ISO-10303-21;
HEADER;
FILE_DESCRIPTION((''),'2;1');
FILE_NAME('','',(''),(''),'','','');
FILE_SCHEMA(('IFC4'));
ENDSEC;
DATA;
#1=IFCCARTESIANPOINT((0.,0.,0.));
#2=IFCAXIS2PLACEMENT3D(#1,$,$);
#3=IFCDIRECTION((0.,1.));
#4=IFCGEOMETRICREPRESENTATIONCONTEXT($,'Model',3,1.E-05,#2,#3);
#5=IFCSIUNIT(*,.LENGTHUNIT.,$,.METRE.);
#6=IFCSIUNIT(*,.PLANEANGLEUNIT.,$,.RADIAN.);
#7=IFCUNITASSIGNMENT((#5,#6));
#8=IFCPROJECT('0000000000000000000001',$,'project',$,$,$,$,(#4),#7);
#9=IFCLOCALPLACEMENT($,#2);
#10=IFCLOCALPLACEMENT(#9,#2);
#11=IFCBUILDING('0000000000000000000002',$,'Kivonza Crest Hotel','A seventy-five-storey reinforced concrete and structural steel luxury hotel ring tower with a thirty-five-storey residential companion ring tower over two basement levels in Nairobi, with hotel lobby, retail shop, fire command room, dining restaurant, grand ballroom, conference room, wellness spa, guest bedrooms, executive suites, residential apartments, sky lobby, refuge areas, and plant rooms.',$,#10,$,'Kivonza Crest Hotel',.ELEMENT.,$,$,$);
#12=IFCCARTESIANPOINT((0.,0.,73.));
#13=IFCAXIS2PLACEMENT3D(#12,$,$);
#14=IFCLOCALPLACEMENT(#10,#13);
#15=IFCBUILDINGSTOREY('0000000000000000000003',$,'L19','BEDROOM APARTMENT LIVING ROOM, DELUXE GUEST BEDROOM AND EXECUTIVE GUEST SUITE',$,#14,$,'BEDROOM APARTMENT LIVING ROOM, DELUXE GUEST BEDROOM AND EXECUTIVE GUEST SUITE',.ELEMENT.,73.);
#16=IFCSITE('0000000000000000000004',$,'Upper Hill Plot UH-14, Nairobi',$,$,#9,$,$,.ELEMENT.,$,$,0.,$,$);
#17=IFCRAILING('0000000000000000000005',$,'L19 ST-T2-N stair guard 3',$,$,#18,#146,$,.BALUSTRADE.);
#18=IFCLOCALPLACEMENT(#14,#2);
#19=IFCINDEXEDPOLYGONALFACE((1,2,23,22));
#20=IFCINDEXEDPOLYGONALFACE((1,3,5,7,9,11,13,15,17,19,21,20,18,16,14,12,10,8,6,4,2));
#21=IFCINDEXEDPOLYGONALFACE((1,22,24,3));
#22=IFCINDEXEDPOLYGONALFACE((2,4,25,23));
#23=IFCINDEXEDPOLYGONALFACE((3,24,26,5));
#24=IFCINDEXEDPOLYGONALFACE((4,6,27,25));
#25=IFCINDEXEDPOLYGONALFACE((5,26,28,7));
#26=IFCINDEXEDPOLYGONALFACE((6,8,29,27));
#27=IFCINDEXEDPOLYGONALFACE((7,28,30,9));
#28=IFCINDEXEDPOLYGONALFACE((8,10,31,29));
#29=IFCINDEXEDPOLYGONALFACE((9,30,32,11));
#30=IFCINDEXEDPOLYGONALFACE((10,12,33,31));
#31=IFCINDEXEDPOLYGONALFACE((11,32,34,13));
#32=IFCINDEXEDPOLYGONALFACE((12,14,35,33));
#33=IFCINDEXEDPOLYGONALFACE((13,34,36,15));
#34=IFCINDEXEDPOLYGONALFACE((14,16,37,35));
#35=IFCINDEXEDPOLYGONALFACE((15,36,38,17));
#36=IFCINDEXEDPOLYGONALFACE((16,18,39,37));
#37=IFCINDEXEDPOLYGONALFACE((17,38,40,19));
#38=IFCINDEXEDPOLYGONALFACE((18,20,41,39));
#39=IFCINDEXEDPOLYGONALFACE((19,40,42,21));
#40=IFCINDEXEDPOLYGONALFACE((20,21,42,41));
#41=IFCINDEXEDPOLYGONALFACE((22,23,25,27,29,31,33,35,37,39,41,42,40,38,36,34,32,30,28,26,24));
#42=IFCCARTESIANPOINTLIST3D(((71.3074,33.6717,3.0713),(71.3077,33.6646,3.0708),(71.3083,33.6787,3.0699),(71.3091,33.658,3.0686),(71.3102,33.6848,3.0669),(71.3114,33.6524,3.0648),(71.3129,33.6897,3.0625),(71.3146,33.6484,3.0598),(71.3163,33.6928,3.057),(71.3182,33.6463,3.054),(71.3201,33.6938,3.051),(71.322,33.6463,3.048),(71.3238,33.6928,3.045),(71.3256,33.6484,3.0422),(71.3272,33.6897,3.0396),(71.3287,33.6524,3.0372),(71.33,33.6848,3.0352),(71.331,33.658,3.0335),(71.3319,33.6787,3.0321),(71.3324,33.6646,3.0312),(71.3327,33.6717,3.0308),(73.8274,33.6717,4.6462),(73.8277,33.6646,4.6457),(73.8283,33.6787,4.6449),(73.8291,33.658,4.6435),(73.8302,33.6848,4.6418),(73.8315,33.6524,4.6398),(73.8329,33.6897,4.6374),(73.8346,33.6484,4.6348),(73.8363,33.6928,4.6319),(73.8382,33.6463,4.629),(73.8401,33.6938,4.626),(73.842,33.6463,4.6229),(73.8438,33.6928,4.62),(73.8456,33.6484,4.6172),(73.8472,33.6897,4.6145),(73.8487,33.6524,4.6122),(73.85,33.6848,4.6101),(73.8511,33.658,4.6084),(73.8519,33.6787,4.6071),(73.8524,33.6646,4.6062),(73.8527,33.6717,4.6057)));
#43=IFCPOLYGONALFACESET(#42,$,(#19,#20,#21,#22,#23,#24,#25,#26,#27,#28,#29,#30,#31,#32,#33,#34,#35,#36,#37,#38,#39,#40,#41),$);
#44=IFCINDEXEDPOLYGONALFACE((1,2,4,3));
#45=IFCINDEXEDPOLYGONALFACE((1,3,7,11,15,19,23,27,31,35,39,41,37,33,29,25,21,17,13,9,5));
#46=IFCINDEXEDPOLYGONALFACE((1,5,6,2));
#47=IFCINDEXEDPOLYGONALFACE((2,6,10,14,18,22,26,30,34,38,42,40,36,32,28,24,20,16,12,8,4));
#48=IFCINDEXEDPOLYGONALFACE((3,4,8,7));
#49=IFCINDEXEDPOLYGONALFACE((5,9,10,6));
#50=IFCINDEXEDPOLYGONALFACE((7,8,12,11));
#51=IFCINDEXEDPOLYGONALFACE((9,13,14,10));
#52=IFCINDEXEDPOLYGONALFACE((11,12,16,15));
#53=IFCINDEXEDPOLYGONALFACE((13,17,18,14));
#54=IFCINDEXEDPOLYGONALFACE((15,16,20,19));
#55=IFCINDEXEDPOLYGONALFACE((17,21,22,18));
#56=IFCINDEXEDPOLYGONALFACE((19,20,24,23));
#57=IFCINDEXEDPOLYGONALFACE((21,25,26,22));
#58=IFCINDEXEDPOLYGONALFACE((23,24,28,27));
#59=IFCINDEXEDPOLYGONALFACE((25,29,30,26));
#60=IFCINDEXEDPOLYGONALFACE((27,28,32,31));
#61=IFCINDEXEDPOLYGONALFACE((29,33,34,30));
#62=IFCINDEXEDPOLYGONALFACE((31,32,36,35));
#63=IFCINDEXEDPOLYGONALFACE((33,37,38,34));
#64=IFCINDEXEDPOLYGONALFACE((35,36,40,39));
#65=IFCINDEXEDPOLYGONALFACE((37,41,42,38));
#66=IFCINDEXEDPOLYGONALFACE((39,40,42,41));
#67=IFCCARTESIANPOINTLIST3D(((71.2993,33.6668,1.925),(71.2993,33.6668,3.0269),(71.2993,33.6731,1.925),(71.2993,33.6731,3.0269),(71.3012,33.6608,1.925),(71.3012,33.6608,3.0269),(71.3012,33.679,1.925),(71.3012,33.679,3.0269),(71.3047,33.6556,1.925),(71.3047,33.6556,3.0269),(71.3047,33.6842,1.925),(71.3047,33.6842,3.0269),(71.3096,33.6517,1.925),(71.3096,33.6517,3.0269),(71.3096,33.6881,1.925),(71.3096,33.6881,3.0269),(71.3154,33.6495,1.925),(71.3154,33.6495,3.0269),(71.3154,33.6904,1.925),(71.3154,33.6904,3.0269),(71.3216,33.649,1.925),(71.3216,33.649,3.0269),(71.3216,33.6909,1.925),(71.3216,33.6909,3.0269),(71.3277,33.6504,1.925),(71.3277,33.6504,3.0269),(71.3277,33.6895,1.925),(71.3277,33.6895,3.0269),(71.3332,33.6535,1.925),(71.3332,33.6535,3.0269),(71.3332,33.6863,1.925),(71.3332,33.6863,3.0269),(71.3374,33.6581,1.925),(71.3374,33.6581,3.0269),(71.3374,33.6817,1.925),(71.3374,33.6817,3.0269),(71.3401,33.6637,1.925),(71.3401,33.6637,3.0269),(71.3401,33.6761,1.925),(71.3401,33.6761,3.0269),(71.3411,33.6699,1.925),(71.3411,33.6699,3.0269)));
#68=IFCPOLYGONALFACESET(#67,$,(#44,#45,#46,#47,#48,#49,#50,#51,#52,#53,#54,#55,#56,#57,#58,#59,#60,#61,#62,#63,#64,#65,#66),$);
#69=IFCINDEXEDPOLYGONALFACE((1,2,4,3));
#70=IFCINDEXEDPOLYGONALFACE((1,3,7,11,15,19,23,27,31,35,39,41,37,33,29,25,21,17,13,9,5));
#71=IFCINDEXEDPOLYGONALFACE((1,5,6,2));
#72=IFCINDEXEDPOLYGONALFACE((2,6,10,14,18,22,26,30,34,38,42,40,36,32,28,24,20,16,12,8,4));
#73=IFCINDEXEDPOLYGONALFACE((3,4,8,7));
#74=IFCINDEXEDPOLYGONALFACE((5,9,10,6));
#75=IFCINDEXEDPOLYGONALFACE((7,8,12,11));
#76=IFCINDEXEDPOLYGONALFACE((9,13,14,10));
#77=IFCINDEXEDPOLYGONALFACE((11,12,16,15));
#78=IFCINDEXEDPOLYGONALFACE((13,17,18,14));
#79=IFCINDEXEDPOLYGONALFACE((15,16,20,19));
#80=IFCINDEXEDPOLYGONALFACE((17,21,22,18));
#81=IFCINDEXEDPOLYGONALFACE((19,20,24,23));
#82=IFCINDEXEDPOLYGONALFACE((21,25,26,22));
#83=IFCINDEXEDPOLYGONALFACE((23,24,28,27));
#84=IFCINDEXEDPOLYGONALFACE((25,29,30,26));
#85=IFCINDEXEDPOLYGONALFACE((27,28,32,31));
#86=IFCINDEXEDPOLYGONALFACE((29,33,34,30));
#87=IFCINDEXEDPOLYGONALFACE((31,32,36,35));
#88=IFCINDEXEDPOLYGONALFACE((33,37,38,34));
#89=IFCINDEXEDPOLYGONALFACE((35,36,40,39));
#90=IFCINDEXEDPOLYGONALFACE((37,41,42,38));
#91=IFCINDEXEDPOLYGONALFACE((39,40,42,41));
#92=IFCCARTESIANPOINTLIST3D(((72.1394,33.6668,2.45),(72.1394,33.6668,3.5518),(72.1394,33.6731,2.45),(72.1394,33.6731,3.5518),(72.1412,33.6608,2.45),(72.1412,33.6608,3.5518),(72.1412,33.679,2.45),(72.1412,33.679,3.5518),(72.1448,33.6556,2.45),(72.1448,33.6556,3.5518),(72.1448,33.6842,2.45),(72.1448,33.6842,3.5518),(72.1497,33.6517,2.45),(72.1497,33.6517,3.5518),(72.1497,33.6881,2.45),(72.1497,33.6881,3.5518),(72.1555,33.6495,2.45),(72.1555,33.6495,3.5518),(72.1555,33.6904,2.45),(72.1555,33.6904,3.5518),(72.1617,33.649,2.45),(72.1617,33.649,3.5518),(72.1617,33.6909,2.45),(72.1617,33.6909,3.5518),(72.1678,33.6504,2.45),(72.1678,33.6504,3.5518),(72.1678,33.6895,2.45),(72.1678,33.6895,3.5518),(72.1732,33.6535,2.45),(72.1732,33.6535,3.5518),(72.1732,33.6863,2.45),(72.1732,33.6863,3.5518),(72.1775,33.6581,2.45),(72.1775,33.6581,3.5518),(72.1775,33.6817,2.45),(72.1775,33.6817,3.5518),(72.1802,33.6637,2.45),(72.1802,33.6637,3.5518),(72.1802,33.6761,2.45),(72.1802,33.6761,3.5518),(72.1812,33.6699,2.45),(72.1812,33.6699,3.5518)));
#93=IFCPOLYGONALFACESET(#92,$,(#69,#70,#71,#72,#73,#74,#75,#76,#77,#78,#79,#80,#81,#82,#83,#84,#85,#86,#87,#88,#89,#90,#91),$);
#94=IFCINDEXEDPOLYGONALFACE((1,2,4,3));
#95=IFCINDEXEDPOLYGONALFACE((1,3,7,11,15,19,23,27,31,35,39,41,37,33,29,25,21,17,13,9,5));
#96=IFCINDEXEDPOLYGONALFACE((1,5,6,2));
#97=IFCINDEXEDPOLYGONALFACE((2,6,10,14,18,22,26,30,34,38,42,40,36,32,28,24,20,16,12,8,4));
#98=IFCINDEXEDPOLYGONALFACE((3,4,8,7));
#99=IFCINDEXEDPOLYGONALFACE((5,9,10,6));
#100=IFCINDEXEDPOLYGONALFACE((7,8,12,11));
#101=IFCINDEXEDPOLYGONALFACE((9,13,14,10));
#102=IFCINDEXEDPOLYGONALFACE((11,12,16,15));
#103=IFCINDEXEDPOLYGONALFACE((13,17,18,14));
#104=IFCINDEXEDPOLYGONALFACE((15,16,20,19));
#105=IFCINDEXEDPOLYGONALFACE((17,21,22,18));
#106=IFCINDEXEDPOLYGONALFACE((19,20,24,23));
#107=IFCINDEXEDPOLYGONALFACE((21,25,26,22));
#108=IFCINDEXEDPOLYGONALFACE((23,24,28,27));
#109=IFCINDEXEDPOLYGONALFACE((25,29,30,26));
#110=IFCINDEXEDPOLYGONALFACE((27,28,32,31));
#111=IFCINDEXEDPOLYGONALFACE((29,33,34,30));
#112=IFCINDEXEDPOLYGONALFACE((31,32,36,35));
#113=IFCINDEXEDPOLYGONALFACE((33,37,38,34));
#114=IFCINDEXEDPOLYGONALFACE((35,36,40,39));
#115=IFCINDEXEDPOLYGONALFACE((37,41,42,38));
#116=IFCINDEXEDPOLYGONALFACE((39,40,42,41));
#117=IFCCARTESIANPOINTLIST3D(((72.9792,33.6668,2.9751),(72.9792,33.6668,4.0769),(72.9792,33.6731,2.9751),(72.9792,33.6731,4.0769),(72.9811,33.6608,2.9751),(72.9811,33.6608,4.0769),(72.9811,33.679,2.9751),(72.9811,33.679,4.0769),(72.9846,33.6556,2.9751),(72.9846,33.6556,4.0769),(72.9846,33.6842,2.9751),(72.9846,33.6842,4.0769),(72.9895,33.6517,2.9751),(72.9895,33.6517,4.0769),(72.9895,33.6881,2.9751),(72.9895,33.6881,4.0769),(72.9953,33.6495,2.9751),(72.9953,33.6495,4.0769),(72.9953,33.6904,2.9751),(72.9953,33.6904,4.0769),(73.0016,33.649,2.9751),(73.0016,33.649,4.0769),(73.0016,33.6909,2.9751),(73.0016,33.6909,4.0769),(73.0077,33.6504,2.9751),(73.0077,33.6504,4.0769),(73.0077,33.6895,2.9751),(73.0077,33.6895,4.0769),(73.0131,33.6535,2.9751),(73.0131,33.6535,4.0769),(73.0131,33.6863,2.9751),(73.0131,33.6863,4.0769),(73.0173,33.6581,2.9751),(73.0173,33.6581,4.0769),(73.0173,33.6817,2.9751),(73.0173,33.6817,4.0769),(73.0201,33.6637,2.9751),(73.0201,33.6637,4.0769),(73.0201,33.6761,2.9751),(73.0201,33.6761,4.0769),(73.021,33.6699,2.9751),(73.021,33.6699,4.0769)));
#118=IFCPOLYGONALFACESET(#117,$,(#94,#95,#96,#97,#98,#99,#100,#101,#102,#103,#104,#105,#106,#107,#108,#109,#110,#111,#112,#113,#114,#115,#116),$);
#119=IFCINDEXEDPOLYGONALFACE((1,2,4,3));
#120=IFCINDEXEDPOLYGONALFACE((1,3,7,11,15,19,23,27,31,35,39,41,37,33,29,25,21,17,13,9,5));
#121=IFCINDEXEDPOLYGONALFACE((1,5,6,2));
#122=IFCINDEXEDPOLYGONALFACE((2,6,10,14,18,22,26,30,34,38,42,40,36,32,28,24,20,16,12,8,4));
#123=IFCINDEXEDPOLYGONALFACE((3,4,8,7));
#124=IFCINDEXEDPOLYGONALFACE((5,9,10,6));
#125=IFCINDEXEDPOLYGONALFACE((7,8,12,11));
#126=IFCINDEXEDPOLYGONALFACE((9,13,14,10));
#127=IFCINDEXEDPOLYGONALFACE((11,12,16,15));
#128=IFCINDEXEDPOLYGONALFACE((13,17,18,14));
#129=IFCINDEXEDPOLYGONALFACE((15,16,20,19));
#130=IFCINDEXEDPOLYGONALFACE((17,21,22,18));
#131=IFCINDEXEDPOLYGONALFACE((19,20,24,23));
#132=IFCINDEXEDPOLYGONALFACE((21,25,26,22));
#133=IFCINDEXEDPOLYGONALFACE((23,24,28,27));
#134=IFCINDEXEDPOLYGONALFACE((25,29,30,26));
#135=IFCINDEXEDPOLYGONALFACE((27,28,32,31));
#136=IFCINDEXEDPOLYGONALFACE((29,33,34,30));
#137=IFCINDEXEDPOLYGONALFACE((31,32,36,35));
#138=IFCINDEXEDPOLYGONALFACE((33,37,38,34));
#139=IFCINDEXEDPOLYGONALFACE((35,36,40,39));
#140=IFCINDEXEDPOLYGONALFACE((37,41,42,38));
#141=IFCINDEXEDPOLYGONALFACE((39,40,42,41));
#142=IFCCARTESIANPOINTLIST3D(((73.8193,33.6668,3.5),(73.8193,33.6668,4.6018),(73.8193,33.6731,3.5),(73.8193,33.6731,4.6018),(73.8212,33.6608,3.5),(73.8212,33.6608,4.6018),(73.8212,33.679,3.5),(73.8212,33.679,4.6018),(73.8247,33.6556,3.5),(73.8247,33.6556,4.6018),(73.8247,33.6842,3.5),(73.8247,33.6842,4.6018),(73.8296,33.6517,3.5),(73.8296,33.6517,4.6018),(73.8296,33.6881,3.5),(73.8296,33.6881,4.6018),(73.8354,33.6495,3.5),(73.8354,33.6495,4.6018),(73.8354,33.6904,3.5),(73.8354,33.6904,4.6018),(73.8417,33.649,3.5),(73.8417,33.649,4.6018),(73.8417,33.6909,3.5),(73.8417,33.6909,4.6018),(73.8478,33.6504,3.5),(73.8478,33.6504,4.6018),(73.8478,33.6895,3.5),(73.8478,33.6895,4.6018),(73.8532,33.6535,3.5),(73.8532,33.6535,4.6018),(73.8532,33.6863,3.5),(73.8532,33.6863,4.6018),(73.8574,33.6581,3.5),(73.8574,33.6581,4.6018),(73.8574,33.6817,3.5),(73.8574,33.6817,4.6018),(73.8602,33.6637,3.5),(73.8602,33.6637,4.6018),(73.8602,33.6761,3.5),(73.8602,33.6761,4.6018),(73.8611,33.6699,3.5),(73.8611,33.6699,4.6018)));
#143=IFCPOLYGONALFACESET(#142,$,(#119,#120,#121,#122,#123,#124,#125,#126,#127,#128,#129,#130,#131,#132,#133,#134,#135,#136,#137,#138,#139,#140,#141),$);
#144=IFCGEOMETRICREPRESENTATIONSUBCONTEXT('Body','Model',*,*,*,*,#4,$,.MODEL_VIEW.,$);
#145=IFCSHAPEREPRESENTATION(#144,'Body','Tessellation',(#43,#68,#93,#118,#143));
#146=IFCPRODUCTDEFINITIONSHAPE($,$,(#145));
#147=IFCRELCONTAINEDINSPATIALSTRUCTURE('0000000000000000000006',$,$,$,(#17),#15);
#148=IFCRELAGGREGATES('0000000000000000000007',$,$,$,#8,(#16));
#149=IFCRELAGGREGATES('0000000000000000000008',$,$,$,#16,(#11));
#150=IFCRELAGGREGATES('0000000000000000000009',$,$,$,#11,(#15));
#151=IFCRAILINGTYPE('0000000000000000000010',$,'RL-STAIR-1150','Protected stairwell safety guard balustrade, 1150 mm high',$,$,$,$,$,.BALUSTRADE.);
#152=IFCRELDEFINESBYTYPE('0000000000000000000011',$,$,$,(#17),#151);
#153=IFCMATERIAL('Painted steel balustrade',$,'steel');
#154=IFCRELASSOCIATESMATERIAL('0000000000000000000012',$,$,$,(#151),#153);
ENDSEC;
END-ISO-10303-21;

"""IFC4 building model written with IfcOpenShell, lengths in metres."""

from ifc_helpers import new_model, si_unit, direction, frame, origin, origin_2d, place, context, subcontext, project, spatial, circle, extrude, material, type_object, element, save


model = new_model("IFC4")

# Units and contexts
model_context = context("Model", 3, precision=1e-05, world=origin(), true_north=direction((0.0, 1.0)))
body_context = subcontext(model_context, "Body", "Model", "MODEL_VIEW")
ifc_project = project(units=[si_unit("LENGTHUNIT", "METRE"), si_unit("PLANEANGLEUNIT", "RADIAN")], contexts=[model_context])

# Site, building, storey
site_placement = place(None, origin())
site = spatial("IfcSite", under=ifc_project, at=site_placement, Name="Upper Hill Plot UH-14, Nairobi", CompositionType="ELEMENT", RefElevation=0.0)
building_placement = place(site_placement, origin())
building = spatial("IfcBuilding", under=site, at=building_placement, Name="Kivonza Crest Hotel", Description="A seventy-five-storey reinforced concrete and structural steel luxury hotel ring tower with a thirty-five-storey residential companion ring tower over two basement levels in Nairobi, with hotel lobby, retail shop, fire command room, dining restaurant, grand ballroom, conference room, wellness spa, guest bedrooms, executive suites, residential apartments, sky lobby, refuge areas, and plant rooms.", LongName="Kivonza Crest Hotel", CompositionType="ELEMENT")
storey_placement = place(building_placement, frame((0.0, 0.0, 73.0)))
storey = spatial("IfcBuildingStorey", under=building, at=storey_placement, Name="L19", Description="BEDROOM APARTMENT LIVING ROOM, DELUXE GUEST BEDROOM AND EXECUTIVE GUEST SUITE", LongName="BEDROOM APARTMENT LIVING ROOM, DELUXE GUEST BEDROOM AND EXECUTIVE GUEST SUITE", CompositionType="ELEMENT", Elevation=73.0)

# Railing
ifc_material_1 = material(Name="Painted steel balustrade", Category="steel")
railing_type_1 = type_object("IfcRailingType", Name="RL-STAIR-1150", Description="Protected stairwell safety guard balustrade, 1150 mm high", PredefinedType="BALUSTRADE", material=ifc_material_1)
railing_1_placement = place(storey_placement, frame((71.3201, 33.6699, 1.925)))
element("IfcRailing", 1, at=railing_1_placement, inside=storey, type_object=railing_type_1, Name="L19 ST-T2-N stair guard 3", PredefinedType="BALUSTRADE", context=body_context, shape_type="SweptSolid", body=[
    extrude(circle(Radius=0.0239, at=origin_2d()), frame((0.0, 0.0, 1.126), z_axis=(0.848008, 0.0, 0.529984), x_axis=(0.0, 1.0, 0.0)), (0.0, 0.0, 1.0), 2.9717),
    extrude(circle(Radius=0.021, at=origin_2d()), origin(), (0.0, 0.0, 1.0), 1.1018),
    extrude(circle(Radius=0.021, at=origin_2d()), frame((0.8401, 0.0, 0.5249)), (0.0, 0.0, 1.0), 1.1018),
    extrude(circle(Radius=0.021, at=origin_2d()), frame((1.6799, 0.0, 1.05)), (0.0, 0.0, 1.0), 1.1018),
    extrude(circle(Radius=0.021, at=origin_2d()), frame((2.52, 0.0, 1.575)), (0.0, 0.0, 1.0), 1.1018),
])

save(model, "model.ifc")
